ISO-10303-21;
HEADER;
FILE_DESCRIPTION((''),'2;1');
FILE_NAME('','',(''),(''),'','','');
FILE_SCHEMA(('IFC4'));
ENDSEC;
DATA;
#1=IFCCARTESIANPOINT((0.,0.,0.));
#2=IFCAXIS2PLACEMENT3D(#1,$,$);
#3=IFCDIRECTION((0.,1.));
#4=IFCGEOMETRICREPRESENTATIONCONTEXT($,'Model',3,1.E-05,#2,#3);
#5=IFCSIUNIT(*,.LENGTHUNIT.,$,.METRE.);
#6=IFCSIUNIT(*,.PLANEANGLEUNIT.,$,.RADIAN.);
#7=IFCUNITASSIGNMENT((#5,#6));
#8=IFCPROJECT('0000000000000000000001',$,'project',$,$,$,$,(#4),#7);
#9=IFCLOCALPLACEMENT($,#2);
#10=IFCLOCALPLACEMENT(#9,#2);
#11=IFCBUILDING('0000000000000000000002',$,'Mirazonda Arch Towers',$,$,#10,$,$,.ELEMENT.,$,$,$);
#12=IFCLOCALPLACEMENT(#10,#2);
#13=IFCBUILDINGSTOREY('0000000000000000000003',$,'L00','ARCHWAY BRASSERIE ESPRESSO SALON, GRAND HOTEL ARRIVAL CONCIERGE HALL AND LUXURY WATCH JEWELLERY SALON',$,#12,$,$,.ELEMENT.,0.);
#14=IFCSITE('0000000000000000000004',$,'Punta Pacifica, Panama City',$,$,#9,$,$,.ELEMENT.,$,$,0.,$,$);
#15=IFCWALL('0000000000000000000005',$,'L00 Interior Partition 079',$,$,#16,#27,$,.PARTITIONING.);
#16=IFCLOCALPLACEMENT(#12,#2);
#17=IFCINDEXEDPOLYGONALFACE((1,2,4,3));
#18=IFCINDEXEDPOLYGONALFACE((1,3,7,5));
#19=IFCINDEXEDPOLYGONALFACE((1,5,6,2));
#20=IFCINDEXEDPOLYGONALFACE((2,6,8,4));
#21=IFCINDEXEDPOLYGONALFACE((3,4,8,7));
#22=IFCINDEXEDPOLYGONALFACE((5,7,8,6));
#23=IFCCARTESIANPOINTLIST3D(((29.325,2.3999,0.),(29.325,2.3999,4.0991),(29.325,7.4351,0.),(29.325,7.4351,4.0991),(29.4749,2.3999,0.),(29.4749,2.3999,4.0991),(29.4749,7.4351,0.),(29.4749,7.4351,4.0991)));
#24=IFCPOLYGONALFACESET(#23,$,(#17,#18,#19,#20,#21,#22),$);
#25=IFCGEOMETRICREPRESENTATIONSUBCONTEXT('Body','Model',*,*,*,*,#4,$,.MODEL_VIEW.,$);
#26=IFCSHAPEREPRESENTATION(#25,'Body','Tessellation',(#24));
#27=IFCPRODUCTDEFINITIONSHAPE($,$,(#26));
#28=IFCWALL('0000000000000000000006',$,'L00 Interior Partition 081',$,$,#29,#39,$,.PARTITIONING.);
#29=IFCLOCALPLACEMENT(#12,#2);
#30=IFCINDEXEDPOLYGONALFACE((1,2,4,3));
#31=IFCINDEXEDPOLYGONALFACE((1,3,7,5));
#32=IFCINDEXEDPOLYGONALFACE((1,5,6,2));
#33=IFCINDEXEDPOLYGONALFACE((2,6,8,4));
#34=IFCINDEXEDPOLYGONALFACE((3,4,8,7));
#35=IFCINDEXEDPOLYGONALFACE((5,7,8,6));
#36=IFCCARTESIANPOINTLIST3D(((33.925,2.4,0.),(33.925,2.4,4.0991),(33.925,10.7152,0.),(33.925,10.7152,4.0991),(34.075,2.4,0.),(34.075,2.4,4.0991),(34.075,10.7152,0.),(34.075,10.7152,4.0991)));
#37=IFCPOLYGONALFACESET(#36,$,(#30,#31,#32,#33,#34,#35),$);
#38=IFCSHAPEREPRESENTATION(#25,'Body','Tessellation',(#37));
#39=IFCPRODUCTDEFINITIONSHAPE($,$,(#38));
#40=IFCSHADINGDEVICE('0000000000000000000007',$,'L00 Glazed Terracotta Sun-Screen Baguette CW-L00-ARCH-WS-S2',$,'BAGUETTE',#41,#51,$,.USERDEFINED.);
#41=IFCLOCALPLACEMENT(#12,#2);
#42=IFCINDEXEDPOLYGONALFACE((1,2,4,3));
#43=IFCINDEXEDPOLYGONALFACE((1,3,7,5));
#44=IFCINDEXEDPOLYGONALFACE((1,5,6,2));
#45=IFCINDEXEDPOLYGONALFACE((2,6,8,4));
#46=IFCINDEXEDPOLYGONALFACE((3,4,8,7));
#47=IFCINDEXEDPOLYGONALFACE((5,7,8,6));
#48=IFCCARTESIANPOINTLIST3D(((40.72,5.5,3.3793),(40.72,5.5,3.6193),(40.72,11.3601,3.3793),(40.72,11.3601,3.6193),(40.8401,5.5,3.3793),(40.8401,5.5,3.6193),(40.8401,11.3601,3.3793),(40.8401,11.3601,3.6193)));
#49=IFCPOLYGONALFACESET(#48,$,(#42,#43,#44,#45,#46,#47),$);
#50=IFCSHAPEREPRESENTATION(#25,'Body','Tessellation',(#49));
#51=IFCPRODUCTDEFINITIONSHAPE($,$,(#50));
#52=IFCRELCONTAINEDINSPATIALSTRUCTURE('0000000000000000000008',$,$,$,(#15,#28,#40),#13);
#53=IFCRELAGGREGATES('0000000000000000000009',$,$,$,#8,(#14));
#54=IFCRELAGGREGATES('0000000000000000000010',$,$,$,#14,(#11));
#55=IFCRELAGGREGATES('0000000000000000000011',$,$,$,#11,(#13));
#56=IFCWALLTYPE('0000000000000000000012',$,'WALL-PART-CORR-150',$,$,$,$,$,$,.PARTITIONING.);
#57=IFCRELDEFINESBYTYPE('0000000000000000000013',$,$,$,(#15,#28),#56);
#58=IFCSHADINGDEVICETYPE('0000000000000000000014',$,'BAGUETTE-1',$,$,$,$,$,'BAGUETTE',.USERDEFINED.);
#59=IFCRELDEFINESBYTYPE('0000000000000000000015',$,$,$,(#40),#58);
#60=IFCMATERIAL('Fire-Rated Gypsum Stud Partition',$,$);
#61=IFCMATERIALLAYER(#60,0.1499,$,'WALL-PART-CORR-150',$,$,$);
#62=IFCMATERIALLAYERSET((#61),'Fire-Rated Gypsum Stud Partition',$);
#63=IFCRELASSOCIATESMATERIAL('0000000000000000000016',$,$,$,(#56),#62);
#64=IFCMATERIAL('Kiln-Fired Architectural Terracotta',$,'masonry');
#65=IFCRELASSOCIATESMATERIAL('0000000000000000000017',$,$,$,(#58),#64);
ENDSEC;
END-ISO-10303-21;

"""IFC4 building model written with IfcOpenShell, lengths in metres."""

from ifc_helpers import new_model, si_unit, direction, frame, frame_2d, origin, origin_2d, place, context, subcontext, project, spatial, rectangle, extrude, material, layer, layer_set, material_profile, profile_set, type_object, element, save


model = new_model("IFC4")

# Units and contexts
model_context = context("Model", 3, precision=1e-05, world=origin(), true_north=direction((0.0, 1.0)))
body_context = subcontext(model_context, "Body", "Model", "MODEL_VIEW")
ifc_project = project(units=[si_unit("LENGTHUNIT", "METRE"), si_unit("PLANEANGLEUNIT", "RADIAN")], contexts=[model_context])

# Site, building, storey
site_placement = place(None, origin())
site = spatial("IfcSite", under=ifc_project, at=site_placement, Name="Punta Pacifica, Panama City", CompositionType="ELEMENT", RefElevation=0.0)
building_placement = place(site_placement, origin())
building = spatial("IfcBuilding", under=site, at=building_placement, Name="Mirazonda Arch Towers", CompositionType="ELEMENT")
storey_placement = place(building_placement, origin())
storey = spatial("IfcBuildingStorey", under=building, at=storey_placement, Name="L00", Description="ARCHWAY BRASSERIE ESPRESSO SALON, GRAND HOTEL ARRIVAL CONCIERGE HALL AND LUXURY WATCH JEWELLERY SALON", CompositionType="ELEMENT", Elevation=0.0)

# Walls
ifc_material_1 = material(Name="Fire-Rated Gypsum Stud Partition")
ifc_layer_1 = layer(ifc_material_1, 0.1499, Name="WALL-PART-CORR-150")
ifc_layer_set_1 = layer_set([ifc_layer_1], Name="Fire-Rated Gypsum Stud Partition")
wall_type_1 = type_object("IfcWallType", Name="WALL-PART-CORR-150", PredefinedType="PARTITIONING", material=ifc_layer_set_1)
wall_1_placement = place(storey_placement, frame((29.3999, 2.3999, 0.0), z_axis=(0.0, 0.0, 1.0), x_axis=(0.0, 1.0, 0.0)))
element("IfcWall", 1, at=wall_1_placement, inside=storey, type_object=wall_type_1, Name="L00 Interior Partition 079", PredefinedType="PARTITIONING", context=body_context, shape_type="SweptSolid", body=[
    extrude(rectangle(XDim=5.0352, YDim=0.1499, at=frame_2d((2.5176, 0.0))), origin(), (0.0, 0.0, 1.0), 4.0991),
])
wall_2_placement = place(storey_placement, frame((34.0, 2.3999, 0.0), z_axis=(0.0, 0.0, 1.0), x_axis=(0.0, 1.0, 0.0)))
element("IfcWall", 2, at=wall_2_placement, inside=storey, type_object=wall_type_1, Name="L00 Interior Partition 081", PredefinedType="PARTITIONING", context=body_context, shape_type="SweptSolid", body=[
    extrude(rectangle(XDim=8.3152, YDim=0.1499, at=frame_2d((4.1577, 0.0))), origin(), (0.0, 0.0, 1.0), 4.0991),
])

# Shading device
ifc_material_2 = material(Name="Kiln-Fired Architectural Terracotta", Category="masonry")
ifc_material_profile_1 = material_profile(ifc_material_2, rectangle(XDim=0.1201, YDim=0.24, at=origin_2d()), Name="TERRA-BAG-120x240")
ifc_profile_set_1 = profile_set([ifc_material_profile_1], Name="Kiln-Fired Architectural Terracotta")
shading_device_type = type_object("IfcShadingDeviceType", Name="BAGUETTE-1", ElementType="BAGUETTE", PredefinedType="USERDEFINED", material=ifc_profile_set_1)
shading_device_placement = place(storey_placement, frame((40.78, 11.3601, 3.4993), z_axis=(0.0, -1.0, 0.0), x_axis=(1.0, 0.0, 0.0)))
element("IfcShadingDevice", 3, at=shading_device_placement, inside=storey, type_object=shading_device_type, Name="L00 Glazed Terracotta Sun-Screen Baguette CW-L00-ARCH-WS-S2", ObjectType="BAGUETTE", PredefinedType="USERDEFINED", context=body_context, shape_type="SweptSolid", body=[
    extrude(rectangle(XDim=0.1201, YDim=0.24, at=origin_2d()), origin(), (0.0, 0.0, 1.0), 5.8601),
])

save(model, "model.ifc")
